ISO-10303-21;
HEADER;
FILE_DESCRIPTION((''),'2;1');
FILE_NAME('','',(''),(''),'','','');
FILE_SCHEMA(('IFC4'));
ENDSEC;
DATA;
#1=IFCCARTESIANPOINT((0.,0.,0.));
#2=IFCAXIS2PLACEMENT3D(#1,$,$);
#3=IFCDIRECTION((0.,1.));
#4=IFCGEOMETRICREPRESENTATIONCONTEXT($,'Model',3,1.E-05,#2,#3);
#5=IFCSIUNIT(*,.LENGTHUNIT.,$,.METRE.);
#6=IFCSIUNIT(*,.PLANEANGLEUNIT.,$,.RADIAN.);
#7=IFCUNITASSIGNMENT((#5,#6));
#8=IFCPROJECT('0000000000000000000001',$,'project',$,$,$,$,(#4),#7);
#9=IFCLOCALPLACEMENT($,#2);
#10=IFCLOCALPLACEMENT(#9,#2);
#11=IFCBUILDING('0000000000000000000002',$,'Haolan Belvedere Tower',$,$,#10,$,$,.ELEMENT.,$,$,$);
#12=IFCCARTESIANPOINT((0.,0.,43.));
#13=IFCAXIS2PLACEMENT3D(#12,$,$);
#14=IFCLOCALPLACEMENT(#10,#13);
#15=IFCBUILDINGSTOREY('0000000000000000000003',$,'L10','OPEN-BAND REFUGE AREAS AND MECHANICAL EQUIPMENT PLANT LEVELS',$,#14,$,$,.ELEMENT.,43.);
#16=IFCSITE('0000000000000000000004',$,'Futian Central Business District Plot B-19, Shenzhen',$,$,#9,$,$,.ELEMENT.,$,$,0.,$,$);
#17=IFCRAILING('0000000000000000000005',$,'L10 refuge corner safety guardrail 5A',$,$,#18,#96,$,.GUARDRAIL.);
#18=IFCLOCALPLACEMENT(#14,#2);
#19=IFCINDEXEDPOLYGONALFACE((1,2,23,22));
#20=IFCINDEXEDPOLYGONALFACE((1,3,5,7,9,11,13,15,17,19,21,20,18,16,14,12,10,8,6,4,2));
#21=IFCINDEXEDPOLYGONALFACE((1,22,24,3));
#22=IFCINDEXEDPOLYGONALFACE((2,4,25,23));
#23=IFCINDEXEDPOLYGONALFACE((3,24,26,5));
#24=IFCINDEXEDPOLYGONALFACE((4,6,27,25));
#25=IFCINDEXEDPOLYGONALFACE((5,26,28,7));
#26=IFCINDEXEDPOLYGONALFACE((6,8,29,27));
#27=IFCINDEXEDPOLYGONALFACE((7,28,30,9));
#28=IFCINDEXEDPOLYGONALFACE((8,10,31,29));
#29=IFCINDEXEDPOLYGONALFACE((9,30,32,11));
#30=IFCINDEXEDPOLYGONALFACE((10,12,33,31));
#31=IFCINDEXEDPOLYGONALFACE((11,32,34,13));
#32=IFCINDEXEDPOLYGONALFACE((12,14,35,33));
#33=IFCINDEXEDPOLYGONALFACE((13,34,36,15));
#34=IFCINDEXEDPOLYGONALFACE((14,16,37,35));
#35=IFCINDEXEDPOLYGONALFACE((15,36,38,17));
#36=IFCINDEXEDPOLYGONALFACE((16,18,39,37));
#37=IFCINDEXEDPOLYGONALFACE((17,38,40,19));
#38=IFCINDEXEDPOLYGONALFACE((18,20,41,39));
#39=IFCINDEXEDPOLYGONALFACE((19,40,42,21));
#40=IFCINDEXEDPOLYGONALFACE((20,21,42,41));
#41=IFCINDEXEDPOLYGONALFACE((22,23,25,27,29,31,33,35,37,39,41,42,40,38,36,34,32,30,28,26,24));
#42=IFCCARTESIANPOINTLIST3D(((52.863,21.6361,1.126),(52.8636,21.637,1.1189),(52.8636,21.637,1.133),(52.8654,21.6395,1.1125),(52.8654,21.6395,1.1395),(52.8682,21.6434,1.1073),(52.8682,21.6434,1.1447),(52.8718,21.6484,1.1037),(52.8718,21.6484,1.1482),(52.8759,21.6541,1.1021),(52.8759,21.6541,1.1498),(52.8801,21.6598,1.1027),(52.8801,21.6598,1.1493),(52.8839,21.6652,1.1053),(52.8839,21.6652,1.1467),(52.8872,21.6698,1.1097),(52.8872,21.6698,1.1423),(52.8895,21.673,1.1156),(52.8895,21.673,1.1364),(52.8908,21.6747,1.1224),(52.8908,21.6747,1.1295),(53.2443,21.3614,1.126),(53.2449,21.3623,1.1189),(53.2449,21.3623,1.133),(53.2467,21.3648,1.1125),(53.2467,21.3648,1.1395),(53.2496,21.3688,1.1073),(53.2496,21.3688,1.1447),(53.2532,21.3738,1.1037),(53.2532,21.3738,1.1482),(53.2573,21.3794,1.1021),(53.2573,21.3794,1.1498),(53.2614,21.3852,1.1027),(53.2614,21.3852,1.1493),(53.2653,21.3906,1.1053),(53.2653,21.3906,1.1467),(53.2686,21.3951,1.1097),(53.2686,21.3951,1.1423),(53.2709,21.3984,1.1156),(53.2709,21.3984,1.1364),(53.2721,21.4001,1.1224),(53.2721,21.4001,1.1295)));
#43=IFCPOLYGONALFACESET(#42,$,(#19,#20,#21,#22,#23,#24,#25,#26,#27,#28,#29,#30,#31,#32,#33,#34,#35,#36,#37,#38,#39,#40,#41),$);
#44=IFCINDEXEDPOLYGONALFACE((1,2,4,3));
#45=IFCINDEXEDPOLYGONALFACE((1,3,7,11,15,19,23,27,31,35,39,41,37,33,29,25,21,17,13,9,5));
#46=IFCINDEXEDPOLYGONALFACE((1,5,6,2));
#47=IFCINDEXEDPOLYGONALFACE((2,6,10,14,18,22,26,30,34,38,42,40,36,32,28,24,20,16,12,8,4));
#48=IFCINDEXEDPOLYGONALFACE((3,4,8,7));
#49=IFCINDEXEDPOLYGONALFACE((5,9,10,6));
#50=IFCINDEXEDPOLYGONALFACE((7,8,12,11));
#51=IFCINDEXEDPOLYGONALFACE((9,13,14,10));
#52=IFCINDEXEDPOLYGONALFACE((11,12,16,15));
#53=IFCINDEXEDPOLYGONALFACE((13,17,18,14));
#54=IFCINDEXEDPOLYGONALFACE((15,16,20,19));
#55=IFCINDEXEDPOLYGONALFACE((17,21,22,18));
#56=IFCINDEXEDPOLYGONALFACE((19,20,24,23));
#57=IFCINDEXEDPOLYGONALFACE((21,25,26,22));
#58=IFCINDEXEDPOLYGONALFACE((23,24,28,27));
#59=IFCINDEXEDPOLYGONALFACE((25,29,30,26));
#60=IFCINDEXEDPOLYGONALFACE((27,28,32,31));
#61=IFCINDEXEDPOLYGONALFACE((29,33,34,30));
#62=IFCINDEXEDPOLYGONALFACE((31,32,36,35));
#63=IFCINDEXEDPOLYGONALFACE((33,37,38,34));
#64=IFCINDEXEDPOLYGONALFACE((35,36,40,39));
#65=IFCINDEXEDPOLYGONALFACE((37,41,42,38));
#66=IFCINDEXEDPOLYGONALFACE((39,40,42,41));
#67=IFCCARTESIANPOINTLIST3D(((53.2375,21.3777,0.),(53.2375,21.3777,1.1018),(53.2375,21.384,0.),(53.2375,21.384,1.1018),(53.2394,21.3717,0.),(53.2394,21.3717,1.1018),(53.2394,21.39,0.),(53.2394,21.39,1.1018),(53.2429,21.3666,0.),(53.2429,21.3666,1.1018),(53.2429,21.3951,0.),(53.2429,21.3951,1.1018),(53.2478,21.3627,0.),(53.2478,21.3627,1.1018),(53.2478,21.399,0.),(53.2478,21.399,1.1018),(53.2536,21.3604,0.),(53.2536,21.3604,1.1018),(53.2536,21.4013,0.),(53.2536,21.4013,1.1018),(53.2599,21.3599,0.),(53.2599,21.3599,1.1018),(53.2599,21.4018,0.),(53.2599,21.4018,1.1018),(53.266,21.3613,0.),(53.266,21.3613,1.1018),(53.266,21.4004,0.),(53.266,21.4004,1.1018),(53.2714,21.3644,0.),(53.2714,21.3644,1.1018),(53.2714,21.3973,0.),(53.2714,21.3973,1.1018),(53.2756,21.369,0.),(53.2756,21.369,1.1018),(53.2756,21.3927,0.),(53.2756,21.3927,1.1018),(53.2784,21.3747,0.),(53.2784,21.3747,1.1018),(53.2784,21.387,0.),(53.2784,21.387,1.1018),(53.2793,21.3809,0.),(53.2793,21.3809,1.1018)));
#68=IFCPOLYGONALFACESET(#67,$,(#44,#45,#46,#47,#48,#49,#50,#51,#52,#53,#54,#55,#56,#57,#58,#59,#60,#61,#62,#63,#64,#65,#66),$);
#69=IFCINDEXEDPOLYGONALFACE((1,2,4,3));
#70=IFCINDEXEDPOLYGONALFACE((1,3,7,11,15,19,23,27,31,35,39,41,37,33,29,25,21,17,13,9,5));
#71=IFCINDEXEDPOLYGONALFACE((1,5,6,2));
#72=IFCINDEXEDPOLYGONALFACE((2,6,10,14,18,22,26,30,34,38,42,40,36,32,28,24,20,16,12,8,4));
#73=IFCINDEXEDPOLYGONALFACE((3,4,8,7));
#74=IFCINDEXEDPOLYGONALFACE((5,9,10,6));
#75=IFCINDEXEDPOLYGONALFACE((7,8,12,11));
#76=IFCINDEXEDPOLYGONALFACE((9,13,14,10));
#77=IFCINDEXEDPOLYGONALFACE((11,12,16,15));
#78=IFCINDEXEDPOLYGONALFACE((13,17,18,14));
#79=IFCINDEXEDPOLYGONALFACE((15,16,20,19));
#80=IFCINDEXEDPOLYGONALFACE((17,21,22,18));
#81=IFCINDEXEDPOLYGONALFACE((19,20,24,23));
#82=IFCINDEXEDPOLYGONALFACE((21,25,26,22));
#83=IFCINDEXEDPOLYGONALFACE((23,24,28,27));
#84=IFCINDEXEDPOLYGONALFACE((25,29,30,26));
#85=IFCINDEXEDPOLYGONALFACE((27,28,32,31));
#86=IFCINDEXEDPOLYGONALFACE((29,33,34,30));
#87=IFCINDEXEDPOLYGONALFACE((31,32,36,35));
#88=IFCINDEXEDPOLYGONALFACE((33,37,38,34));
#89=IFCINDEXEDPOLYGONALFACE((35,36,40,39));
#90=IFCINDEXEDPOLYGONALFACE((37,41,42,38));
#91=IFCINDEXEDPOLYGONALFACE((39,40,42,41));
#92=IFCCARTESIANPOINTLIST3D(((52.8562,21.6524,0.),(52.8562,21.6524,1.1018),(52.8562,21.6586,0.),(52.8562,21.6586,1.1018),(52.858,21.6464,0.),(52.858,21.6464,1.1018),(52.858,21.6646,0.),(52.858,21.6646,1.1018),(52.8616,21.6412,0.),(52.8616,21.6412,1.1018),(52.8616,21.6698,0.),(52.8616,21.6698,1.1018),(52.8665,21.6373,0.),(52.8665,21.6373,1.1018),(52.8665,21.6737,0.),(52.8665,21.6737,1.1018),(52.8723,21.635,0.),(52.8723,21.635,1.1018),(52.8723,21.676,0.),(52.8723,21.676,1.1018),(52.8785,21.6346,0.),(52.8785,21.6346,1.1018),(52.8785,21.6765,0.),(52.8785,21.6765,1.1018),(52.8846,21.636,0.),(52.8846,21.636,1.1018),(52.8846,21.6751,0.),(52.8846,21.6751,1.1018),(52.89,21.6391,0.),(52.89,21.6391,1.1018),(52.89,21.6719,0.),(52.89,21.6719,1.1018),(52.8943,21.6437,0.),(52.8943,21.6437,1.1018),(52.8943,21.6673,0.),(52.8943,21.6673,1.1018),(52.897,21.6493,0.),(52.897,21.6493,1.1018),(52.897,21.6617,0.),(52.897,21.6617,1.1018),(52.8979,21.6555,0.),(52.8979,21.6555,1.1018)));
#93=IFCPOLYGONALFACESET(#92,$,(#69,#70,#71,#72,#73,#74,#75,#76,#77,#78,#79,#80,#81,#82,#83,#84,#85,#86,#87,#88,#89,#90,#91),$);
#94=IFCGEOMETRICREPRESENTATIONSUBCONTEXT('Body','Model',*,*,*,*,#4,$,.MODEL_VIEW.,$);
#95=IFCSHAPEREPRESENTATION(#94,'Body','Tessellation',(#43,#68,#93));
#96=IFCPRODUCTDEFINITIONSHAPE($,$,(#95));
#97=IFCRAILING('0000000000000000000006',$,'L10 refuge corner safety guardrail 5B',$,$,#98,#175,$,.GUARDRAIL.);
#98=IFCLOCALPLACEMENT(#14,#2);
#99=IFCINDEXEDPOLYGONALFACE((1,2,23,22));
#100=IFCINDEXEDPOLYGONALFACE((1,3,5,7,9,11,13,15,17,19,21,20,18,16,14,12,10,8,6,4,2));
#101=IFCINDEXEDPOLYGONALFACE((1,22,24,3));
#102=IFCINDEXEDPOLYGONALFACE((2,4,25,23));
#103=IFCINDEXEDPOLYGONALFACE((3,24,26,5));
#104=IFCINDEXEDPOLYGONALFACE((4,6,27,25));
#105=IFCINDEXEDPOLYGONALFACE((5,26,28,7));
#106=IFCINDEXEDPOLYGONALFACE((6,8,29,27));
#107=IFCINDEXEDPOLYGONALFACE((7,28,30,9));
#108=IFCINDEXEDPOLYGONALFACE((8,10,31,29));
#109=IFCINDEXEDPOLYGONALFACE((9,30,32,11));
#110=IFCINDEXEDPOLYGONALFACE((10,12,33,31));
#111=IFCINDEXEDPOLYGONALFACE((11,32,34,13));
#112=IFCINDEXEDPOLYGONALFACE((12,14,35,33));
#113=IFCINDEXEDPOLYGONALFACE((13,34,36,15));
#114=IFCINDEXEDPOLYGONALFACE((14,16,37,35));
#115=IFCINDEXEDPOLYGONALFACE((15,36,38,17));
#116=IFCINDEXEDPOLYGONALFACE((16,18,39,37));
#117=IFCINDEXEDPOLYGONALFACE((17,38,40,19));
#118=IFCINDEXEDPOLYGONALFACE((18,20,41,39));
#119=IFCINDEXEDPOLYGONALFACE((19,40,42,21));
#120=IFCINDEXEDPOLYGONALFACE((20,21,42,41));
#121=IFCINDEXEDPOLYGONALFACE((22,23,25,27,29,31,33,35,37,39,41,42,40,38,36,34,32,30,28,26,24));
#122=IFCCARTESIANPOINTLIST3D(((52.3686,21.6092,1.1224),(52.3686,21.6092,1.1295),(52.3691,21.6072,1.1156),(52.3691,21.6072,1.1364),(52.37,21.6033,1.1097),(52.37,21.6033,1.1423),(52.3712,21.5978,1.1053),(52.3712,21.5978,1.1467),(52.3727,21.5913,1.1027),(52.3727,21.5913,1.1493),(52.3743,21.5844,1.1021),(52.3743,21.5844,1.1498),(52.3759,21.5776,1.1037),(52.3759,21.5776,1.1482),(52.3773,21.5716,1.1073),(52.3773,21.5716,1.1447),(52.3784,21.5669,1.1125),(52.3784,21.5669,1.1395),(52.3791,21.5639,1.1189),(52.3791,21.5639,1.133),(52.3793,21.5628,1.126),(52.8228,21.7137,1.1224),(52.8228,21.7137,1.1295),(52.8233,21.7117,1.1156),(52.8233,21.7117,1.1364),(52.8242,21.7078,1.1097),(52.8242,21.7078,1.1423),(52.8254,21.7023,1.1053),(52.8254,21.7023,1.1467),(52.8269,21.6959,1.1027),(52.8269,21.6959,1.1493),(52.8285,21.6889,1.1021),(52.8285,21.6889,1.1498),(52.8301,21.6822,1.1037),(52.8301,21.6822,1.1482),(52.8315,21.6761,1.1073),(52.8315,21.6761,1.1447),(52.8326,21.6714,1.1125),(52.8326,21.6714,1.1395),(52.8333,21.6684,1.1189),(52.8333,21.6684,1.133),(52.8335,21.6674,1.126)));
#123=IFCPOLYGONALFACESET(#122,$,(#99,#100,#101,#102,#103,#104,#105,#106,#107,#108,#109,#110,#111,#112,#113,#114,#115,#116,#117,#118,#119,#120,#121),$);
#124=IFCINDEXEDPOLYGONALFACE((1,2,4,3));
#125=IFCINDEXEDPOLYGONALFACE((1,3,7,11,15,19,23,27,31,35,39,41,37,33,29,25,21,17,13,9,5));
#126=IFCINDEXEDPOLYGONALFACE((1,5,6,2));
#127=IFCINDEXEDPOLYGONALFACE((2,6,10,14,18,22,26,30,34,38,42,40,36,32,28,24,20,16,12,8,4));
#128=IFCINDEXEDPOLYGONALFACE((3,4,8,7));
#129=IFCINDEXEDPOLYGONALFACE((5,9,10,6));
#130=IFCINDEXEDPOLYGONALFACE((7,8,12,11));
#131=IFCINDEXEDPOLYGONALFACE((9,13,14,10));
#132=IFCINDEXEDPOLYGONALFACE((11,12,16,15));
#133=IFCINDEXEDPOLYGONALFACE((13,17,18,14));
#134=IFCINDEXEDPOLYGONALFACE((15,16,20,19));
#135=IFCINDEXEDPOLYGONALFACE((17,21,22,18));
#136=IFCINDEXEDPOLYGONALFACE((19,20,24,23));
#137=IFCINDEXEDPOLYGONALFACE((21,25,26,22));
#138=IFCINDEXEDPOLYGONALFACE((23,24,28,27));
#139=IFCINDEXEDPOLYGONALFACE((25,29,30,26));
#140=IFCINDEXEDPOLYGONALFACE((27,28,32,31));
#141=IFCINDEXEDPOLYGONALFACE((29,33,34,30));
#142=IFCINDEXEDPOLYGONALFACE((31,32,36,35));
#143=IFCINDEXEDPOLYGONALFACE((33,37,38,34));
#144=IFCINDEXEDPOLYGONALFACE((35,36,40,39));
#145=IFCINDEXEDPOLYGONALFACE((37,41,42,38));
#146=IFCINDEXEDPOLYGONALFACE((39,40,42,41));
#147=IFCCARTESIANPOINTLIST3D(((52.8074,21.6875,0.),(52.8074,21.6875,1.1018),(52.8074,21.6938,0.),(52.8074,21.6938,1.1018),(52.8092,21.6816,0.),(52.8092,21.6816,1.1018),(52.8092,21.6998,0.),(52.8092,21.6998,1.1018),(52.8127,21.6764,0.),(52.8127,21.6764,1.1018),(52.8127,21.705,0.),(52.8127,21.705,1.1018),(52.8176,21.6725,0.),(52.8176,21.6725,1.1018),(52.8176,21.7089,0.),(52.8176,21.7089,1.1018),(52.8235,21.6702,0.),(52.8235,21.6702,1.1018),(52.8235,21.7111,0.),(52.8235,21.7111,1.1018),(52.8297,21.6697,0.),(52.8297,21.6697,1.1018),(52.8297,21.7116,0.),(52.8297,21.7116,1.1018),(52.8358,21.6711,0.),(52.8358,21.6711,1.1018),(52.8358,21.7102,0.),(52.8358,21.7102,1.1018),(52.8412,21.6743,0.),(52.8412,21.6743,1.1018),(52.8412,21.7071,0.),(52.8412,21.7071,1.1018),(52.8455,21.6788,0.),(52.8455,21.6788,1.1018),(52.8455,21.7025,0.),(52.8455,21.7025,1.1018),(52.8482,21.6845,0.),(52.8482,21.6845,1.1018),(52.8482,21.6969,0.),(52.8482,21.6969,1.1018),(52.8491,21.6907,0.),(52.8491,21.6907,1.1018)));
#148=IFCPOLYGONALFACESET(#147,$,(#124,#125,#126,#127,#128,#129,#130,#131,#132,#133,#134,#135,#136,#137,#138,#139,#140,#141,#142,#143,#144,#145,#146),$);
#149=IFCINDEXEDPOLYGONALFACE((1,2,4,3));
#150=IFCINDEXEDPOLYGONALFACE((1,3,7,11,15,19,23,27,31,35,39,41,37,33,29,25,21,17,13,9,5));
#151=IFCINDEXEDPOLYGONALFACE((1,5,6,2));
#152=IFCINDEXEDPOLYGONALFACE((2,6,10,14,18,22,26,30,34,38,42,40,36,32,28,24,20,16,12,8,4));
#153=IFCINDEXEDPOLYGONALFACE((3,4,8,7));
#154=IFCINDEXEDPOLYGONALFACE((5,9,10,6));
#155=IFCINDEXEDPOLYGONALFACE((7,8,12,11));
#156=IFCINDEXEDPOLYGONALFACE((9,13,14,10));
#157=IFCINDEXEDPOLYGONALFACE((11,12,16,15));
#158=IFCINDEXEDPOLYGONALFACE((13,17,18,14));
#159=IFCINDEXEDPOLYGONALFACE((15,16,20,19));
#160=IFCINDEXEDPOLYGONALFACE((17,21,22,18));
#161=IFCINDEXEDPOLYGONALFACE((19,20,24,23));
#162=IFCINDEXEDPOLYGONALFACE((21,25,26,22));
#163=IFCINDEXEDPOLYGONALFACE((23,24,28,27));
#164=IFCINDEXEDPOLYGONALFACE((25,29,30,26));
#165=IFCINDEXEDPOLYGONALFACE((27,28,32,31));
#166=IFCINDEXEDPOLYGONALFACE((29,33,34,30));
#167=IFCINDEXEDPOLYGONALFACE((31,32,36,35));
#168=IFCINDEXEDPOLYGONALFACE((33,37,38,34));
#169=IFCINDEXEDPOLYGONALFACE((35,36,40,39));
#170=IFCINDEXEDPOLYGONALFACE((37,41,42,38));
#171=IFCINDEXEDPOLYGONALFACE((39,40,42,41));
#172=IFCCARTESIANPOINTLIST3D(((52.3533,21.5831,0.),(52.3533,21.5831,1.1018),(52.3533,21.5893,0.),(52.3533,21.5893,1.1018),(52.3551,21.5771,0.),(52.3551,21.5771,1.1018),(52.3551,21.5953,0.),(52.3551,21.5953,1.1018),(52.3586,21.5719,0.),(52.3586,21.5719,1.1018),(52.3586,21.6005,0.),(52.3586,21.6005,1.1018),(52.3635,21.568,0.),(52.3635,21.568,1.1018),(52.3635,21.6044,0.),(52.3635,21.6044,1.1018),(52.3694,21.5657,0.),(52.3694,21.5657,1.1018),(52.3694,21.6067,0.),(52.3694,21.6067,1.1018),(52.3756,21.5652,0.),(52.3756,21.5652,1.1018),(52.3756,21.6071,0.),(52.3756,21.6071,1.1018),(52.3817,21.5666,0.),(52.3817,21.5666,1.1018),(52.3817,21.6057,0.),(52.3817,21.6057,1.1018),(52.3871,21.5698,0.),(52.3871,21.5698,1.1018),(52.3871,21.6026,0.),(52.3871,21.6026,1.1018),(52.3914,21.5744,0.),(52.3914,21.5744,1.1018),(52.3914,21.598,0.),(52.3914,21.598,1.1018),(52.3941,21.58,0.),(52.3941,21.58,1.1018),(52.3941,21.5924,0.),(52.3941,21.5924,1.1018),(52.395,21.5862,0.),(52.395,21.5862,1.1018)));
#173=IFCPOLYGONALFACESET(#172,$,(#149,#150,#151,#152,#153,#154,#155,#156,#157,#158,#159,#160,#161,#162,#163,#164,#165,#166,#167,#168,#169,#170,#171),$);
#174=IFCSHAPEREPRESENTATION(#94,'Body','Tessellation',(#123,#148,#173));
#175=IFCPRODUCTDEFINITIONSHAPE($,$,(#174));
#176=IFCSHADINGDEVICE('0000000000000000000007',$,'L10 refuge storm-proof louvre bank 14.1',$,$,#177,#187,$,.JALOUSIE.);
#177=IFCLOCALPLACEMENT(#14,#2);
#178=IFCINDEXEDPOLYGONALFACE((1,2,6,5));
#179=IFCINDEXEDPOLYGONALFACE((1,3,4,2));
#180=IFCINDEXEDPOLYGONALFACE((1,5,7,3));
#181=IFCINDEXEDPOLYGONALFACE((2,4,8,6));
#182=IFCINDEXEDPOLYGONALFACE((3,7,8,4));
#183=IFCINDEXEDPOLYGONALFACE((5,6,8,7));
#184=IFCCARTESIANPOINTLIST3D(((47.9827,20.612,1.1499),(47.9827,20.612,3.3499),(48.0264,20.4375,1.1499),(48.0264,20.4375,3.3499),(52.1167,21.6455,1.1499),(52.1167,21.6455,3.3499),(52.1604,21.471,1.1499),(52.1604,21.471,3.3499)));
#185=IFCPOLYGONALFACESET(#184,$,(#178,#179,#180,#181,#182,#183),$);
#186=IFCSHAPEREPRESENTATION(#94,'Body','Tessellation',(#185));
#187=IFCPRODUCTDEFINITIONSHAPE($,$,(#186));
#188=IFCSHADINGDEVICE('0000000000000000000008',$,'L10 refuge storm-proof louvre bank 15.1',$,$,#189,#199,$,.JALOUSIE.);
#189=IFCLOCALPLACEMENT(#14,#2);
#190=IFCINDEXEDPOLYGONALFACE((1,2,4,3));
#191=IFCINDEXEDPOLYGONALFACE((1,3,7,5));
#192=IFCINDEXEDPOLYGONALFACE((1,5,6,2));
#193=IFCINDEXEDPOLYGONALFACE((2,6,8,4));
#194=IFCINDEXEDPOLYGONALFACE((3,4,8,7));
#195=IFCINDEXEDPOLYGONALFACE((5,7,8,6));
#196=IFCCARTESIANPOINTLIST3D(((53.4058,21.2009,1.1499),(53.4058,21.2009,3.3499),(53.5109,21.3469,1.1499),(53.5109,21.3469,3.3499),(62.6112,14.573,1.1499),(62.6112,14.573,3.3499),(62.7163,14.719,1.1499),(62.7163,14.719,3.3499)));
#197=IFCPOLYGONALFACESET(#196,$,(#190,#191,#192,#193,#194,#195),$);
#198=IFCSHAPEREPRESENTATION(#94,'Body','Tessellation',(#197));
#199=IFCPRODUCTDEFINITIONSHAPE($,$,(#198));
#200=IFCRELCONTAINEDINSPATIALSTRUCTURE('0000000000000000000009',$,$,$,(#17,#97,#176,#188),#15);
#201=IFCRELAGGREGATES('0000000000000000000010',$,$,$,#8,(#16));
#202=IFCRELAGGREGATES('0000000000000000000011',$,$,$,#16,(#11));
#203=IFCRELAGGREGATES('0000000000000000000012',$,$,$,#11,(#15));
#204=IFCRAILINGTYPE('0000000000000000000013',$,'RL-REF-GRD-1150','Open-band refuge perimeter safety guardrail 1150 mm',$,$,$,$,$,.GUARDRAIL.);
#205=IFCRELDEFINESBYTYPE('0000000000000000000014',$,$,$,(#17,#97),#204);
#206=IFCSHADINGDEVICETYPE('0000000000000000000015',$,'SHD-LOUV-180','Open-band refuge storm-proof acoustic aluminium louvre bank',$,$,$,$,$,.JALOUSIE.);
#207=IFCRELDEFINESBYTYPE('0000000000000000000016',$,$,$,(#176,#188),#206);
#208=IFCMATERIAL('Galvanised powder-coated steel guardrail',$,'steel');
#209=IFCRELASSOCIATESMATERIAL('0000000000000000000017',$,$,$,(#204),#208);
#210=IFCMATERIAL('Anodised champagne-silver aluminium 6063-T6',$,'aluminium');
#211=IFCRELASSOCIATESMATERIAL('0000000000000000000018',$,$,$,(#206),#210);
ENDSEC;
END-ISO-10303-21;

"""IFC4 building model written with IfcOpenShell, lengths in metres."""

from ifc_helpers import new_model, si_unit, direction, frame, origin, origin_2d, place, context, subcontext, project, spatial, rectangle, circle, extrude, material, type_object, element, save


model = new_model("IFC4")

# Units and contexts
model_context = context("Model", 3, precision=1e-05, world=origin(), true_north=direction((0.0, 1.0)))
body_context = subcontext(model_context, "Body", "Model", "MODEL_VIEW")
ifc_project = project(units=[si_unit("LENGTHUNIT", "METRE"), si_unit("PLANEANGLEUNIT", "RADIAN")], contexts=[model_context])

# Site, building, storey
site_placement = place(None, origin())
site = spatial("IfcSite", under=ifc_project, at=site_placement, Name="Futian Central Business District Plot B-19, Shenzhen", CompositionType="ELEMENT", RefElevation=0.0)
building_placement = place(site_placement, origin())
building = spatial("IfcBuilding", under=site, at=building_placement, Name="Haolan Belvedere Tower", CompositionType="ELEMENT")
storey_placement = place(building_placement, frame((0.0, 0.0, 43.0)))
storey = spatial("IfcBuildingStorey", under=building, at=storey_placement, Name="L10", Description="OPEN-BAND REFUGE AREAS AND MECHANICAL EQUIPMENT PLANT LEVELS", CompositionType="ELEMENT", Elevation=43.0)

# Railings
ifc_material_1 = material(Name="Galvanised powder-coated steel guardrail", Category="steel")
railing_type = type_object("IfcRailingType", Name="RL-REF-GRD-1150", Description="Open-band refuge perimeter safety guardrail 1150 mm", PredefinedType="GUARDRAIL", material=ifc_material_1)
railing_1_placement = place(storey_placement, frame((53.2583, 21.3809, 0.0)))
element("IfcRailing", 1, at=railing_1_placement, inside=storey, type_object=railing_type, Name="L10 refuge corner safety guardrail 5A", PredefinedType="GUARDRAIL", context=body_context, shape_type="SweptSolid", body=[
    extrude(circle(Radius=0.0239, at=origin_2d()), frame((0.0, 0.0, 1.126), z_axis=(-0.811446, 0.584428, 0.0), x_axis=(-0.584428, -0.811446, 0.0)), (0.0, 0.0, 1.0), 0.47),
    extrude(circle(Radius=0.021, at=origin_2d()), origin(), (0.0, 0.0, 1.0), 1.1018),
    extrude(circle(Radius=0.021, at=origin_2d()), frame((-0.3813, 0.2747, 0.0)), (0.0, 0.0, 1.0), 1.1018),
])
railing_2_placement = place(storey_placement, frame((52.8281, 21.6907, 0.0)))
element("IfcRailing", 2, at=railing_2_placement, inside=storey, type_object=railing_type, Name="L10 refuge corner safety guardrail 5B", PredefinedType="GUARDRAIL", context=body_context, shape_type="SweptSolid", body=[
    extrude(circle(Radius=0.0239, at=origin_2d()), frame((0.0, 0.0, 1.126), z_axis=(-0.974532, -0.224247, 0.0), x_axis=(0.224247, -0.974532, 0.0)), (0.0, 0.0, 1.0), 0.4661),
    extrude(circle(Radius=0.021, at=origin_2d()), origin(), (0.0, 0.0, 1.0), 1.1018),
    extrude(circle(Radius=0.021, at=origin_2d()), frame((-0.4541, -0.1045, 0.0)), (0.0, 0.0, 1.0), 1.1018),
])

# Shading devices
ifc_material_2 = material(Name="Anodised champagne-silver aluminium 6063-T6", Category="aluminium")
shading_device_type = type_object("IfcShadingDeviceType", Name="SHD-LOUV-180", Description="Open-band refuge storm-proof acoustic aluminium louvre bank", PredefinedType="JALOUSIE", material=ifc_material_2)
shading_device_1_placement = place(storey_placement, frame((50.0715, 21.0415, 1.1499), z_axis=(0.0, 0.0, 1.0), x_axis=(0.970144, 0.242532, 0.0)))
element("IfcShadingDevice", 3, at=shading_device_1_placement, inside=storey, type_object=shading_device_type, Name="L10 refuge storm-proof louvre bank 14.1", PredefinedType="JALOUSIE", context=body_context, shape_type="SweptSolid", body=[
    extrude(rectangle(XDim=4.2612, YDim=0.1799, at=origin_2d()), origin(), (0.0, 0.0, 1.0), 2.2),
])
shading_device_2_placement = place(storey_placement, frame((58.061, 17.96, 1.1499), z_axis=(0.0, 0.0, 1.0), x_axis=(0.811533, -0.584306, 0.0)))
element("IfcShadingDevice", 4, at=shading_device_2_placement, inside=storey, type_object=shading_device_type, Name="L10 refuge storm-proof louvre bank 15.1", PredefinedType="JALOUSIE", context=body_context, shape_type="SweptSolid", body=[
    extrude(rectangle(XDim=11.3433, YDim=0.1799, at=origin_2d()), origin(), (0.0, 0.0, 1.0), 2.2),
])

save(model, "model.ifc")
